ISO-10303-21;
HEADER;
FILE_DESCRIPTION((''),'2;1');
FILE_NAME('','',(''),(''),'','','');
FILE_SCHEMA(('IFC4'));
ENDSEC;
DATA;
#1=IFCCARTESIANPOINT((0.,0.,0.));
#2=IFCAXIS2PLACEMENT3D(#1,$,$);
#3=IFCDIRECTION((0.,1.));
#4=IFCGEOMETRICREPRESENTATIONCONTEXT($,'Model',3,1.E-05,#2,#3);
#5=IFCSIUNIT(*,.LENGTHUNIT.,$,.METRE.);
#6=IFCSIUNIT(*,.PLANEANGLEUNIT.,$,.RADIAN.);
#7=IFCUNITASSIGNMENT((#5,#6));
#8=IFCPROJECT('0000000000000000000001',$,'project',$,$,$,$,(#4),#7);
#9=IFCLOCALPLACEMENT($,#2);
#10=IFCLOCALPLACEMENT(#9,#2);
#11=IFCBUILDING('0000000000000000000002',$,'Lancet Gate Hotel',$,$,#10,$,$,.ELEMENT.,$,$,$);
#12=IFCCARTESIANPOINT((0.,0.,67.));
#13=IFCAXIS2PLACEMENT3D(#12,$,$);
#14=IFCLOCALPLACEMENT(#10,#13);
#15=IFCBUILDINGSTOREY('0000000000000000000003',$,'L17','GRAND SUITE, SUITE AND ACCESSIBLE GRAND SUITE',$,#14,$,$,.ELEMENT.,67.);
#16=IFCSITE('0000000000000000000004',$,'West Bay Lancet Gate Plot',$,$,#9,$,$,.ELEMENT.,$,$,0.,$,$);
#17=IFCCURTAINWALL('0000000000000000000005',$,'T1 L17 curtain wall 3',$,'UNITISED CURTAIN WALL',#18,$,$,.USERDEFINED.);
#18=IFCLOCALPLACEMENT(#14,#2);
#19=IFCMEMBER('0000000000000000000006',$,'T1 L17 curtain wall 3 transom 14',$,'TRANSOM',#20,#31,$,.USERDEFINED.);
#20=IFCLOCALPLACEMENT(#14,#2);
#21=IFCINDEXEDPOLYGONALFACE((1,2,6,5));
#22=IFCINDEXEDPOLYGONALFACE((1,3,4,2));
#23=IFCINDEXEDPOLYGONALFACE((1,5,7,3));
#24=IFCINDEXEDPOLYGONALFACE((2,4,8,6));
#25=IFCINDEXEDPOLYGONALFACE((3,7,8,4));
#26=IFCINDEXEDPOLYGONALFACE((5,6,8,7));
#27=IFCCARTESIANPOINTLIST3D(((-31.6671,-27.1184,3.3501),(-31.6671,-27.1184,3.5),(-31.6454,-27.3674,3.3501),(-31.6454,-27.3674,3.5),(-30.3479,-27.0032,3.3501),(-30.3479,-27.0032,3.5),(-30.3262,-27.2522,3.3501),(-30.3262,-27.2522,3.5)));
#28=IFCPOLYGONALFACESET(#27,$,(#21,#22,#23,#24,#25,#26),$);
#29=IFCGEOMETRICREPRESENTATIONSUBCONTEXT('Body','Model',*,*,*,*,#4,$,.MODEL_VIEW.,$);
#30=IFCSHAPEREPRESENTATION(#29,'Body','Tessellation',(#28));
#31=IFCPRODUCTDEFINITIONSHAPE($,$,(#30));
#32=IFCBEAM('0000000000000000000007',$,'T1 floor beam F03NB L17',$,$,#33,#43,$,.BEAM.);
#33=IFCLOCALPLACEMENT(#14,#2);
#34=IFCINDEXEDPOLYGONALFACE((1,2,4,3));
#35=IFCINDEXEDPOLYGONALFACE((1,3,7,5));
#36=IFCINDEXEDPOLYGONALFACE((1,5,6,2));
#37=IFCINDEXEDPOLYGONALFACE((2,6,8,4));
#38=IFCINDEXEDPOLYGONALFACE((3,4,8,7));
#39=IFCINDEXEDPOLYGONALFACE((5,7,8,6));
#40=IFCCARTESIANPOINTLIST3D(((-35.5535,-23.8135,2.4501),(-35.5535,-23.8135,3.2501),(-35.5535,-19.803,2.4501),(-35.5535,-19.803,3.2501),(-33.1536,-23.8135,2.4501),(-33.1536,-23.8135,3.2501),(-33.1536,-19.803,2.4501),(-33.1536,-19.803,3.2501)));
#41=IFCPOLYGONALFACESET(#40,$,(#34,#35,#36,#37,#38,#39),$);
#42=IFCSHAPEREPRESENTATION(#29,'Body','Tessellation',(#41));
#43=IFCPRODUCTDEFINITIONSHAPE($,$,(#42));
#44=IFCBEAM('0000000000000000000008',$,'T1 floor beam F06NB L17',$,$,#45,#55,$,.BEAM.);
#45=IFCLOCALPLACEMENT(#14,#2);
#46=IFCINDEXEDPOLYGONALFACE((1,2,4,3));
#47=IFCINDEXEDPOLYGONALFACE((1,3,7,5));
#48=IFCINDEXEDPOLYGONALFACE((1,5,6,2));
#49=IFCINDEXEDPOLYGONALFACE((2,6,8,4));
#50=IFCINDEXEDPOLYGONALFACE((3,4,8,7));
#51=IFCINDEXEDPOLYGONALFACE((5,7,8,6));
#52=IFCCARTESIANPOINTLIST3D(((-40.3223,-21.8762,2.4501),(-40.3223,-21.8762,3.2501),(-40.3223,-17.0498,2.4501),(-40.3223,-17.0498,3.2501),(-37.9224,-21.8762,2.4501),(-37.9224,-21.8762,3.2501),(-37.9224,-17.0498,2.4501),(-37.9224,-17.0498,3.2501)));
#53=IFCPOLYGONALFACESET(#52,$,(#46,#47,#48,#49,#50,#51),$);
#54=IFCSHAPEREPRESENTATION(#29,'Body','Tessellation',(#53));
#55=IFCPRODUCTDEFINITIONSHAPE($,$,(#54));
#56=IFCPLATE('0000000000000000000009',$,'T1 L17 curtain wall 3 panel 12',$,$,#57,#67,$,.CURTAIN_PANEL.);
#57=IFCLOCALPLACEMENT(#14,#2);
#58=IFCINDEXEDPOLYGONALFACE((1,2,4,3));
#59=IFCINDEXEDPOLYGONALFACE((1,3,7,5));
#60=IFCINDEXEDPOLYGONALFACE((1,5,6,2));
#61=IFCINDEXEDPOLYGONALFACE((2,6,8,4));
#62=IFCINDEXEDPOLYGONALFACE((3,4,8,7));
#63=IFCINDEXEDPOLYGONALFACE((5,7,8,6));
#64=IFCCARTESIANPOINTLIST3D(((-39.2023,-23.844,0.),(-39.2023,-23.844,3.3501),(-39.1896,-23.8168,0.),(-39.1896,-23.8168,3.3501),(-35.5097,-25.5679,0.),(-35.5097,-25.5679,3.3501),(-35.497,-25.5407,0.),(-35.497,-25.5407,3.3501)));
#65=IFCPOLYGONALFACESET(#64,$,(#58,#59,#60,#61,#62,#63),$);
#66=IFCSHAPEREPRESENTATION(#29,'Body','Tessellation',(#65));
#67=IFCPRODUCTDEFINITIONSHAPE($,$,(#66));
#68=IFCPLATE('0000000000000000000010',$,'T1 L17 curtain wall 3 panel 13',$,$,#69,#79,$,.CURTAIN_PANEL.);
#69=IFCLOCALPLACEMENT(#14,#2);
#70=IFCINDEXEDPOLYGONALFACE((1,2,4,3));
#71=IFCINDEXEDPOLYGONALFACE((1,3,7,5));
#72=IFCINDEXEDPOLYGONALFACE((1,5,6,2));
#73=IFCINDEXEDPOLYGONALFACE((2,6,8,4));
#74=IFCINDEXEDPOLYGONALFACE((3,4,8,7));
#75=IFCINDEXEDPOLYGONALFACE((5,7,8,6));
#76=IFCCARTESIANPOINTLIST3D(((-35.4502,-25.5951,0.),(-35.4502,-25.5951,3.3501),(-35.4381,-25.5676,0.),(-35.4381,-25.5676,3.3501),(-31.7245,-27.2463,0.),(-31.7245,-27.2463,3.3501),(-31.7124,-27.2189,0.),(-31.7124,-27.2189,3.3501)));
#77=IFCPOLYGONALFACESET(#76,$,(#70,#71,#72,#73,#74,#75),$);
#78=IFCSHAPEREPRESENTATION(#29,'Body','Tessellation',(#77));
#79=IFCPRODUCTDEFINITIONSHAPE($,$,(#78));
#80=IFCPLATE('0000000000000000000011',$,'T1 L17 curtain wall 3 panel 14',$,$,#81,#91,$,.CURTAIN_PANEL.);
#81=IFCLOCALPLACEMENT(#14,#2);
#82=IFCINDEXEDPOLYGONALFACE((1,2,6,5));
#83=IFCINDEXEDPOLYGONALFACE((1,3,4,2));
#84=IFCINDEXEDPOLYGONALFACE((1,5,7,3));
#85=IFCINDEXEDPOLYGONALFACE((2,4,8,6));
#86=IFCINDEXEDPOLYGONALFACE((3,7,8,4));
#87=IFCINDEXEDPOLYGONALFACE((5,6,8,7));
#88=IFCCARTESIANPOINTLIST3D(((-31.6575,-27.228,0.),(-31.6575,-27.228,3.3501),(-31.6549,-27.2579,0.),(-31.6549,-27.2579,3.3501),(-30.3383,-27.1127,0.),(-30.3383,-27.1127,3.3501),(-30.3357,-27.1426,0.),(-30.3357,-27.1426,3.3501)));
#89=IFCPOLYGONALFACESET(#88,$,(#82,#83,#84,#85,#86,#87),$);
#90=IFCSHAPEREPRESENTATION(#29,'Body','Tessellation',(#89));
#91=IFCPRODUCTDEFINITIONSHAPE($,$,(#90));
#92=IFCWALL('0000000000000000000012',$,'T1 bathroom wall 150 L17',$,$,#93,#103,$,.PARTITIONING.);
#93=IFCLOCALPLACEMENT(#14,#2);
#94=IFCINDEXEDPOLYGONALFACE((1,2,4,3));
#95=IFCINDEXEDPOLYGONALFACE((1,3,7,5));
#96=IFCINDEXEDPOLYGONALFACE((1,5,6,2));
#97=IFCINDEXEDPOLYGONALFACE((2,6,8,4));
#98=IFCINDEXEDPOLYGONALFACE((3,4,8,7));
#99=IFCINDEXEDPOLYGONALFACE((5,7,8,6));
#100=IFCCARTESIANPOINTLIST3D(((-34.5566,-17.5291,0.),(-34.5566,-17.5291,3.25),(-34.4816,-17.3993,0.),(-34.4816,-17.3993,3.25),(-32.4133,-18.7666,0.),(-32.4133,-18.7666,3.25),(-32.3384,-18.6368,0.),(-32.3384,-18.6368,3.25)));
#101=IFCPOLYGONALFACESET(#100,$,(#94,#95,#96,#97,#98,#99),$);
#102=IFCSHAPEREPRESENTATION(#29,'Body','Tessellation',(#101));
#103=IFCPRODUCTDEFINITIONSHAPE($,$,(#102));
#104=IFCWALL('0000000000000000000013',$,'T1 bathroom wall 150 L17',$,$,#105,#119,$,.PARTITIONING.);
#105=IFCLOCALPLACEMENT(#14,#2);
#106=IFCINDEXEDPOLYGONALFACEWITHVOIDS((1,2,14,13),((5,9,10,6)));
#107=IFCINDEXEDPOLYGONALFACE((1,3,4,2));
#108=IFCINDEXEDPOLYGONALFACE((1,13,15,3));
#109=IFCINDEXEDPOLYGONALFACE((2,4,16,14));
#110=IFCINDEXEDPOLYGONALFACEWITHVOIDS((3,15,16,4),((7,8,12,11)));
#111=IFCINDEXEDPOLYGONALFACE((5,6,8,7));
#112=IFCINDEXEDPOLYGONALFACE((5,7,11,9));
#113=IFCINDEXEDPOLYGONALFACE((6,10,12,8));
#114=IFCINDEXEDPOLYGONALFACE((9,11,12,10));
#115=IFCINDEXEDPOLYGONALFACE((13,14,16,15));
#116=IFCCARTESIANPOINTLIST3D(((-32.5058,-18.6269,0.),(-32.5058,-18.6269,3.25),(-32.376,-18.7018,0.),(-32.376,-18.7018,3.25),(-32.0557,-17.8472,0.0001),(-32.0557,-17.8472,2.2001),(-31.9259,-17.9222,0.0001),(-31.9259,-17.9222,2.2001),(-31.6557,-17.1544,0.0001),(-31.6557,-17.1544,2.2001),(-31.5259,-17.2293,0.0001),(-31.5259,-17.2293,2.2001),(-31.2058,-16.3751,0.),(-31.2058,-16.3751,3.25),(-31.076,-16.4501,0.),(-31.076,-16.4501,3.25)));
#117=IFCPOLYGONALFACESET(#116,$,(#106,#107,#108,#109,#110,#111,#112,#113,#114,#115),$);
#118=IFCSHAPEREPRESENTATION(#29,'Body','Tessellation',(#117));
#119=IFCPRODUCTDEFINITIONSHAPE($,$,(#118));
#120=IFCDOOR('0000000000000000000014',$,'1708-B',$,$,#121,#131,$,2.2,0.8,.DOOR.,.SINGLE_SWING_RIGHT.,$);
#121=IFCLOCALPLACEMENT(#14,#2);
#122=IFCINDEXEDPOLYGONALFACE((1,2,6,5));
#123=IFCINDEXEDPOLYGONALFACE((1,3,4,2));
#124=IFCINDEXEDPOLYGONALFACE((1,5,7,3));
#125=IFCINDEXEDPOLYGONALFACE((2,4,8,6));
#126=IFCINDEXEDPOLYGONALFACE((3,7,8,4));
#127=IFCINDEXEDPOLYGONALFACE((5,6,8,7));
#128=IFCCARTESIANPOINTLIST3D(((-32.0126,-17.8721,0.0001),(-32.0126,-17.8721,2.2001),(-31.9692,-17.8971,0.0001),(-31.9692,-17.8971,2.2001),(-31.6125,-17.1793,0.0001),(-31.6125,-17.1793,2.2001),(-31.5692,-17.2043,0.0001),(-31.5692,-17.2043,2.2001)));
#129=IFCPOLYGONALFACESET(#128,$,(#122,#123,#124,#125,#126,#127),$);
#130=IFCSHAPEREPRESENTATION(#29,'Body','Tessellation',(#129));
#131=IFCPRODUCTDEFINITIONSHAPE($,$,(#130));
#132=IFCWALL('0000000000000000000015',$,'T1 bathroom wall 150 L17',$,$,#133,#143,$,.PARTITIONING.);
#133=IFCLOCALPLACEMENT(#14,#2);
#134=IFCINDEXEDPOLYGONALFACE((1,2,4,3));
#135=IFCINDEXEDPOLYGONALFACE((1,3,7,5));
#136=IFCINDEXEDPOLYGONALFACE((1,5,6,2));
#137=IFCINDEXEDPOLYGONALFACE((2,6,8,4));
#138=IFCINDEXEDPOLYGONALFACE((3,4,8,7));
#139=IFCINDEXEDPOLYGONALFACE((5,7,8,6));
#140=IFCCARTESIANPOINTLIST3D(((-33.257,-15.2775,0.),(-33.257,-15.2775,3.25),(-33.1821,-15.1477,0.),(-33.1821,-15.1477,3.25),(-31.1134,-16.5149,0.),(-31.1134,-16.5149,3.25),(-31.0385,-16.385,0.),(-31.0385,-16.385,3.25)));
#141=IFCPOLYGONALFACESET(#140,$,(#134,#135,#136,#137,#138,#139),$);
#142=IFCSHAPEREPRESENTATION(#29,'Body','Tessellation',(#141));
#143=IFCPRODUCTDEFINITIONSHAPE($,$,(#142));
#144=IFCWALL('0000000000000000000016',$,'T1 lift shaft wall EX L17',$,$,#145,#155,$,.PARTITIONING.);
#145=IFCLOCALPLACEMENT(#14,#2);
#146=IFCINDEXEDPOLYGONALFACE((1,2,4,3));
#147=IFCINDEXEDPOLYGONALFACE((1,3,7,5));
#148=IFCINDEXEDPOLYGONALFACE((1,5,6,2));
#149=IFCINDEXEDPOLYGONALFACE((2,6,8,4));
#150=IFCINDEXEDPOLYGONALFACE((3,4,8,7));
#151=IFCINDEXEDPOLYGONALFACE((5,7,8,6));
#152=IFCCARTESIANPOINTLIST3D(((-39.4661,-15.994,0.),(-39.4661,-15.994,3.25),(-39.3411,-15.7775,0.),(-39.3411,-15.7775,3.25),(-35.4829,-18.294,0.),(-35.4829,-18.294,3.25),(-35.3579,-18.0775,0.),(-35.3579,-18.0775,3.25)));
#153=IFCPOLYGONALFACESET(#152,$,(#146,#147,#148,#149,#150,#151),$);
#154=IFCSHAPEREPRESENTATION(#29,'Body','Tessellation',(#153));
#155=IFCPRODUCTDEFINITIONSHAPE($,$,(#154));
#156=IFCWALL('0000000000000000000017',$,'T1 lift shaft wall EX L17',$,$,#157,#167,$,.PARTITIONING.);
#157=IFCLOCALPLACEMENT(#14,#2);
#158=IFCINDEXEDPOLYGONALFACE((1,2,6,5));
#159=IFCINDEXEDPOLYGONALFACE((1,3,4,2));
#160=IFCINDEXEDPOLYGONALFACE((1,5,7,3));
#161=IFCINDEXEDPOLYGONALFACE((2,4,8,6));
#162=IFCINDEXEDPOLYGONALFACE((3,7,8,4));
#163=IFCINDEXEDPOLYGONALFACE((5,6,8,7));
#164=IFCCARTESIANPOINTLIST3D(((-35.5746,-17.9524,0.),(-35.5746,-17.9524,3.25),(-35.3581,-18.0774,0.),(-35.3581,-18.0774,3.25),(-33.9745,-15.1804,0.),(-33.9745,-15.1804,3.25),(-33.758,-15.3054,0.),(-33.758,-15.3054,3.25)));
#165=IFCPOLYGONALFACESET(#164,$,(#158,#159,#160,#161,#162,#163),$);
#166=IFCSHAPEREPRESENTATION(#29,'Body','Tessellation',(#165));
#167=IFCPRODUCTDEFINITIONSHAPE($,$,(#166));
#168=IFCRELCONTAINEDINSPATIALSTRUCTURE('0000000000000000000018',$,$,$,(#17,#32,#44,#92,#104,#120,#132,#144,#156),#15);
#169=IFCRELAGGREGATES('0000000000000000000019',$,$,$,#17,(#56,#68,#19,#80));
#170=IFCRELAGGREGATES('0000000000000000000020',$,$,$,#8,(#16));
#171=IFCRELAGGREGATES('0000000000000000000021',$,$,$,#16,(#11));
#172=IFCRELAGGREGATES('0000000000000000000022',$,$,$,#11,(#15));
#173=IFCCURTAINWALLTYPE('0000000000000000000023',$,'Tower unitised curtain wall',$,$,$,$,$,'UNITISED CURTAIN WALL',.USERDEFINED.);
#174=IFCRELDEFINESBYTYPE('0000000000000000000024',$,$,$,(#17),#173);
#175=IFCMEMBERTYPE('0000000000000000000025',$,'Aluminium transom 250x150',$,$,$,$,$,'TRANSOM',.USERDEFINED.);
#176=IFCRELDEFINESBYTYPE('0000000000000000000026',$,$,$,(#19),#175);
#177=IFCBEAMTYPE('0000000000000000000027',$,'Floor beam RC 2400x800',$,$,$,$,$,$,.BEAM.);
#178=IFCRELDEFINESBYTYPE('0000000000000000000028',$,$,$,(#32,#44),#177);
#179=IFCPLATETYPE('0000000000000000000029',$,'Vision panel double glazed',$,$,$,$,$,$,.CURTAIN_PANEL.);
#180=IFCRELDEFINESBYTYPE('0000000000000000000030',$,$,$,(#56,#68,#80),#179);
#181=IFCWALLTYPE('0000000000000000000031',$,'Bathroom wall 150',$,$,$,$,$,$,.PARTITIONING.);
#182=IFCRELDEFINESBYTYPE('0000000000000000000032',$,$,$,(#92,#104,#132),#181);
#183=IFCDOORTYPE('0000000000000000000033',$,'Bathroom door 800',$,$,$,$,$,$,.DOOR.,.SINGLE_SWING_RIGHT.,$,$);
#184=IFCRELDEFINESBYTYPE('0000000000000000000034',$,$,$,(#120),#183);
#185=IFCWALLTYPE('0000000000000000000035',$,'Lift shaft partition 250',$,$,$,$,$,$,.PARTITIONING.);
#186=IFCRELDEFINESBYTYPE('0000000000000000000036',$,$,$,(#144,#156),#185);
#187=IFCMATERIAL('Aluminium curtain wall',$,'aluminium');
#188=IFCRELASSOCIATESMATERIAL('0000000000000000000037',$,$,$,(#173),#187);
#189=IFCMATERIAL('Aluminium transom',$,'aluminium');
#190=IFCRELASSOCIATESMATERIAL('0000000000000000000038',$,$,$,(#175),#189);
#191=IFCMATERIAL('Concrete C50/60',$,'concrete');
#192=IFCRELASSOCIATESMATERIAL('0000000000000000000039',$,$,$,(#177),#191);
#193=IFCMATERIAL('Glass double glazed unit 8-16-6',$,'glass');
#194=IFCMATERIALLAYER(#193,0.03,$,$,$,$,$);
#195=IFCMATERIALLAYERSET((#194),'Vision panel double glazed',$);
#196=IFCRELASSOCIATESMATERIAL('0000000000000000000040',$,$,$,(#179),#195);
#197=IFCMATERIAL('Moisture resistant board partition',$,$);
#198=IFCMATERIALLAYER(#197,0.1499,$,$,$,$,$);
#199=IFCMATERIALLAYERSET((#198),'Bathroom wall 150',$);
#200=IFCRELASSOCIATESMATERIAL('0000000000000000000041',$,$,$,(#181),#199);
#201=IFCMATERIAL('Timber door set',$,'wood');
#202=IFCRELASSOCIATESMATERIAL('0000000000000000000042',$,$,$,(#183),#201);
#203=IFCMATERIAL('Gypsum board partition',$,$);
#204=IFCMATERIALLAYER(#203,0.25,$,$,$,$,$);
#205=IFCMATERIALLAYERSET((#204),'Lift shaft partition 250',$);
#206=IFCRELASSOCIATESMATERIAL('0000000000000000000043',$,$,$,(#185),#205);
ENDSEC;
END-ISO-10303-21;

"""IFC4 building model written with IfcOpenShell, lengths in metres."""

from ifc_helpers import new_model, si_unit, direction, frame, frame_2d, origin, origin_2d, place, context, subcontext, project, spatial, rectangle, extrude, material, layer, layer_set, material_profile, profile_set, type_object, element, fill, aggregate, save


model = new_model("IFC4")

# Units and contexts
model_context = context("Model", 3, precision=1e-05, world=origin(), true_north=direction((0.0, 1.0)))
body_context = subcontext(model_context, "Body", "Model", "MODEL_VIEW")
ifc_project = project(units=[si_unit("LENGTHUNIT", "METRE"), si_unit("PLANEANGLEUNIT", "RADIAN")], contexts=[model_context])

# Site, building, storey
site_placement = place(None, origin())
site = spatial("IfcSite", under=ifc_project, at=site_placement, Name="West Bay Lancet Gate Plot", CompositionType="ELEMENT", RefElevation=0.0)
building_placement = place(site_placement, origin())
building = spatial("IfcBuilding", under=site, at=building_placement, Name="Lancet Gate Hotel", CompositionType="ELEMENT")
storey_placement = place(building_placement, frame((0.0, 0.0, 67.0)))
storey = spatial("IfcBuildingStorey", under=building, at=storey_placement, Name="L17", Description="GRAND SUITE, SUITE AND ACCESSIBLE GRAND SUITE", CompositionType="ELEMENT", Elevation=67.0)

# Curtain wall, member
ifc_material_1 = material(Name="Aluminium curtain wall", Category="aluminium")
curtain_wall_type = type_object("IfcCurtainWallType", Name="Tower unitised curtain wall", ElementType="UNITISED CURTAIN WALL", PredefinedType="USERDEFINED", material=ifc_material_1)
curtain_wall_placement = place(storey_placement, origin())
curtain_wall = element("IfcCurtainWall", 1, at=curtain_wall_placement, inside=storey, type_object=curtain_wall_type, Name="T1 L17 curtain wall 3", ObjectType="UNITISED CURTAIN WALL", PredefinedType="USERDEFINED")
ifc_material_2 = material(Name="Aluminium transom", Category="aluminium")
ifc_material_profile_1 = material_profile(ifc_material_2, rectangle(XDim=0.25, YDim=0.1499, at=origin_2d()), Name="TRANSOM 250x150")
ifc_profile_set_1 = profile_set([ifc_material_profile_1], Name="Aluminium transom")
member_type_1 = type_object("IfcMemberType", Name="Aluminium transom 250x150", ElementType="TRANSOM", PredefinedType="USERDEFINED", material=ifc_profile_set_1)
member_1_placement = place(storey_placement, frame((-31.6562, -27.2429, 3.425), z_axis=(0.996206, 0.087027, 0.0), x_axis=(-0.087027, 0.996206, 0.0)))
member_1 = element("IfcMember", 2, at=member_1_placement, type_object=member_type_1, Name="T1 L17 curtain wall 3 transom 14", ObjectType="TRANSOM", PredefinedType="USERDEFINED", context=body_context, shape_type="SweptSolid", body=[
    extrude(rectangle(XDim=0.25, YDim=0.1499, at=origin_2d()), origin(), (0.0, 0.0, 1.0), 1.3242),
])

# Beams
ifc_material_3 = material(Name="Concrete C50/60", Category="concrete")
ifc_material_profile_2 = material_profile(ifc_material_3, rectangle(XDim=2.3999, YDim=0.8, at=origin_2d()), Name="RC 2400x800")
ifc_profile_set_2 = profile_set([ifc_material_profile_2], Name="Concrete C50/60")
beam_type = type_object("IfcBeamType", Name="Floor beam RC 2400x800", PredefinedType="BEAM", material=ifc_profile_set_2)
beam_1_placement = place(storey_placement, frame((-34.3535, -19.803, 2.8501), z_axis=(0.0, -1.0, 0.0), x_axis=(1.0, 0.0, 0.0)))
element("IfcBeam", 3, at=beam_1_placement, inside=storey, type_object=beam_type, Name="T1 floor beam F03NB L17", PredefinedType="BEAM", context=body_context, shape_type="SweptSolid", body=[
    extrude(rectangle(XDim=2.3999, YDim=0.8, at=origin_2d()), origin(), (0.0, 0.0, 1.0), 4.0105),
])
beam_2_placement = place(storey_placement, frame((-39.1223, -17.0498, 2.8501), z_axis=(0.0, -1.0, 0.0), x_axis=(1.0, 0.0, 0.0)))
element("IfcBeam", 4, at=beam_2_placement, inside=storey, type_object=beam_type, Name="T1 floor beam F06NB L17", PredefinedType="BEAM", context=body_context, shape_type="SweptSolid", body=[
    extrude(rectangle(XDim=2.3999, YDim=0.8, at=origin_2d()), origin(), (0.0, 0.0, 1.0), 4.8264),
])

# Plates
ifc_material_4 = material(Name="Glass double glazed unit 8-16-6", Category="glass")
ifc_layer_1 = layer(ifc_material_4, 0.03)
ifc_layer_set_1 = layer_set([ifc_layer_1], Name="Vision panel double glazed")
plate_type = type_object("IfcPlateType", Name="Vision panel double glazed", PredefinedType="CURTAIN_PANEL", material=ifc_layer_set_1)
plate_1_placement = place(storey_placement, frame((-37.3496, -24.6924, 0.0), z_axis=(0.0, 0.0, 1.0), x_axis=(0.906118, -0.423026, 0.0)))
plate_1 = element("IfcPlate", 5, at=plate_1_placement, type_object=plate_type, Name="T1 L17 curtain wall 3 panel 12", PredefinedType="CURTAIN_PANEL", context=body_context, shape_type="SweptSolid", body=[
    extrude(rectangle(XDim=4.0752, YDim=0.03, at=origin_2d()), origin(), (0.0, 0.0, 1.0), 3.3501),
])
plate_2_placement = place(storey_placement, frame((-33.5813, -26.407, 0.0), z_axis=(0.0, 0.0, 1.0), x_axis=(0.914234, -0.405186, 0.0)))
plate_2 = element("IfcPlate", 6, at=plate_2_placement, type_object=plate_type, Name="T1 L17 curtain wall 3 panel 13", PredefinedType="CURTAIN_PANEL", context=body_context, shape_type="SweptSolid", body=[
    extrude(rectangle(XDim=4.0752, YDim=0.03, at=origin_2d()), origin(), (0.0, 0.0, 1.0), 3.3501),
])
plate_3_placement = place(storey_placement, frame((-30.9966, -27.1853, 0.0), z_axis=(0.0, 0.0, 1.0), x_axis=(0.996204, 0.087052, 0.0)))
plate_3 = element("IfcPlate", 7, at=plate_3_placement, type_object=plate_type, Name="T1 L17 curtain wall 3 panel 14", PredefinedType="CURTAIN_PANEL", context=body_context, shape_type="SweptSolid", body=[
    extrude(rectangle(XDim=1.3242, YDim=0.03, at=origin_2d()), origin(), (0.0, 0.0, 1.0), 3.3501),
])
aggregate(curtain_wall, [plate_1, plate_2, member_1, plate_3])

# Wall
ifc_material_5 = material(Name="Moisture resistant board partition")
ifc_layer_2 = layer(ifc_material_5, 0.1499)
ifc_layer_set_2 = layer_set([ifc_layer_2], Name="Bathroom wall 150")
wall_type_1 = type_object("IfcWallType", Name="Bathroom wall 150", PredefinedType="PARTITIONING", material=ifc_layer_set_2)
wall_1_placement = place(storey_placement, frame((-32.376, -18.7017, 0.0), z_axis=(0.0, 0.0, 1.0), x_axis=(-0.866007, 0.500033, 0.0)))
element("IfcWall", 8, at=wall_1_placement, inside=storey, type_object=wall_type_1, Name="T1 bathroom wall 150 L17", PredefinedType="PARTITIONING", context=body_context, shape_type="SweptSolid", body=[
    extrude(rectangle(XDim=2.4749, YDim=0.1499, at=frame_2d((1.2373, 0.0))), origin(), (0.0, 0.0, 1.0), 3.25),
])

# Wall, opening, door
wall_2_placement = place(storey_placement, frame((-31.1409, -16.4126, 0.0), z_axis=(0.0, 0.0, 1.0), x_axis=(-0.500007, -0.866021, 0.0)))
wall_2 = element("IfcWall", 9, at=wall_2_placement, inside=storey, type_object=wall_type_1, Name="T1 bathroom wall 150 L17", PredefinedType="PARTITIONING", context=body_context, shape_type="SweptSolid", body=[
    extrude(rectangle(XDim=2.6001, YDim=0.1499, at=frame_2d((1.3, 0.0))), origin(), (0.0, 0.0, 1.0), 3.25),
])
opening_placement = place(wall_2_placement, frame((0.8999, 0.0, 0.0)))
opening = element("IfcOpeningElement", 10, at=opening_placement, cuts=wall_2, PredefinedType="OPENING", context=body_context, shape_type="SweptSolid", body=[
    extrude(rectangle(XDim=0.8, YDim=2.2, at=frame_2d((0.3999, 1.1001))), frame((0.0, 0.085, 0.0), z_axis=(0.0, -1.0, 0.0), x_axis=(1.0, 0.0, 0.0)), (0.0, 0.0, 1.0), 0.1699),
])
ifc_material_6 = material(Name="Timber door set", Category="wood")
door_type = type_object("IfcDoorType", Name="Bathroom door 800", OperationType="SINGLE_SWING_RIGHT", PredefinedType="DOOR", material=ifc_material_6)
door_placement = place(opening_placement, origin())
door = element("IfcDoor", 11, at=door_placement, inside=storey, type_object=door_type, Name="1708-B", OperationType="SINGLE_SWING_RIGHT", OverallHeight=2.2, OverallWidth=0.8, PredefinedType="DOOR", context=body_context, shape_type="SweptSolid", body=[
    extrude(rectangle(XDim=0.8, YDim=2.2, at=frame_2d((0.3999, 1.1001))), frame((0.0, 0.0249, 0.0), z_axis=(0.0, -1.0, 0.0), x_axis=(1.0, 0.0, 0.0)), (0.0, 0.0, 1.0), 0.05),
])
fill(opening, door)

# Walls
wall_3_placement = place(storey_placement, frame((-31.0759, -16.45, 0.0), z_axis=(0.0, 0.0, 1.0), x_axis=(-0.866074, 0.499916, 0.0)))
element("IfcWall", 12, at=wall_3_placement, inside=storey, type_object=wall_type_1, Name="T1 bathroom wall 150 L17", PredefinedType="PARTITIONING", context=body_context, shape_type="SweptSolid", body=[
    extrude(rectangle(XDim=2.4751, YDim=0.1499, at=frame_2d((1.2375, 0.0))), origin(), (0.0, 0.0, 1.0), 3.25),
])
ifc_material_7 = material(Name="Gypsum board partition")
ifc_layer_3 = layer(ifc_material_7, 0.25)
ifc_layer_set_3 = layer_set([ifc_layer_3], Name="Lift shaft partition 250")
wall_type_2 = type_object("IfcWallType", Name="Lift shaft partition 250", PredefinedType="PARTITIONING", material=ifc_layer_set_3)
wall_4_placement = place(storey_placement, frame((-35.4204, -18.1858, 0.0), z_axis=(0.0, 0.0, 1.0), x_axis=(-0.86599, 0.500061, 0.0)))
element("IfcWall", 13, at=wall_4_placement, inside=storey, type_object=wall_type_2, Name="T1 lift shaft wall EX L17", PredefinedType="PARTITIONING", context=body_context, shape_type="SweptSolid", body=[
    extrude(rectangle(XDim=4.5996, YDim=0.25, at=frame_2d((2.2998, 0.0))), origin(), (0.0, 0.0, 1.0), 3.25),
])
wall_5_placement = place(storey_placement, frame((-33.8662, -15.2429, 0.0), z_axis=(0.0, 0.0, 1.0), x_axis=(-0.499929, -0.866066, 0.0)))
element("IfcWall", 14, at=wall_5_placement, inside=storey, type_object=wall_type_2, Name="T1 lift shaft wall EX L17", PredefinedType="PARTITIONING", context=body_context, shape_type="SweptSolid", body=[
    extrude(rectangle(XDim=3.2007, YDim=0.25, at=frame_2d((1.6003, 0.0))), origin(), (0.0, 0.0, 1.0), 3.25),
])

save(model, "model.ifc")
